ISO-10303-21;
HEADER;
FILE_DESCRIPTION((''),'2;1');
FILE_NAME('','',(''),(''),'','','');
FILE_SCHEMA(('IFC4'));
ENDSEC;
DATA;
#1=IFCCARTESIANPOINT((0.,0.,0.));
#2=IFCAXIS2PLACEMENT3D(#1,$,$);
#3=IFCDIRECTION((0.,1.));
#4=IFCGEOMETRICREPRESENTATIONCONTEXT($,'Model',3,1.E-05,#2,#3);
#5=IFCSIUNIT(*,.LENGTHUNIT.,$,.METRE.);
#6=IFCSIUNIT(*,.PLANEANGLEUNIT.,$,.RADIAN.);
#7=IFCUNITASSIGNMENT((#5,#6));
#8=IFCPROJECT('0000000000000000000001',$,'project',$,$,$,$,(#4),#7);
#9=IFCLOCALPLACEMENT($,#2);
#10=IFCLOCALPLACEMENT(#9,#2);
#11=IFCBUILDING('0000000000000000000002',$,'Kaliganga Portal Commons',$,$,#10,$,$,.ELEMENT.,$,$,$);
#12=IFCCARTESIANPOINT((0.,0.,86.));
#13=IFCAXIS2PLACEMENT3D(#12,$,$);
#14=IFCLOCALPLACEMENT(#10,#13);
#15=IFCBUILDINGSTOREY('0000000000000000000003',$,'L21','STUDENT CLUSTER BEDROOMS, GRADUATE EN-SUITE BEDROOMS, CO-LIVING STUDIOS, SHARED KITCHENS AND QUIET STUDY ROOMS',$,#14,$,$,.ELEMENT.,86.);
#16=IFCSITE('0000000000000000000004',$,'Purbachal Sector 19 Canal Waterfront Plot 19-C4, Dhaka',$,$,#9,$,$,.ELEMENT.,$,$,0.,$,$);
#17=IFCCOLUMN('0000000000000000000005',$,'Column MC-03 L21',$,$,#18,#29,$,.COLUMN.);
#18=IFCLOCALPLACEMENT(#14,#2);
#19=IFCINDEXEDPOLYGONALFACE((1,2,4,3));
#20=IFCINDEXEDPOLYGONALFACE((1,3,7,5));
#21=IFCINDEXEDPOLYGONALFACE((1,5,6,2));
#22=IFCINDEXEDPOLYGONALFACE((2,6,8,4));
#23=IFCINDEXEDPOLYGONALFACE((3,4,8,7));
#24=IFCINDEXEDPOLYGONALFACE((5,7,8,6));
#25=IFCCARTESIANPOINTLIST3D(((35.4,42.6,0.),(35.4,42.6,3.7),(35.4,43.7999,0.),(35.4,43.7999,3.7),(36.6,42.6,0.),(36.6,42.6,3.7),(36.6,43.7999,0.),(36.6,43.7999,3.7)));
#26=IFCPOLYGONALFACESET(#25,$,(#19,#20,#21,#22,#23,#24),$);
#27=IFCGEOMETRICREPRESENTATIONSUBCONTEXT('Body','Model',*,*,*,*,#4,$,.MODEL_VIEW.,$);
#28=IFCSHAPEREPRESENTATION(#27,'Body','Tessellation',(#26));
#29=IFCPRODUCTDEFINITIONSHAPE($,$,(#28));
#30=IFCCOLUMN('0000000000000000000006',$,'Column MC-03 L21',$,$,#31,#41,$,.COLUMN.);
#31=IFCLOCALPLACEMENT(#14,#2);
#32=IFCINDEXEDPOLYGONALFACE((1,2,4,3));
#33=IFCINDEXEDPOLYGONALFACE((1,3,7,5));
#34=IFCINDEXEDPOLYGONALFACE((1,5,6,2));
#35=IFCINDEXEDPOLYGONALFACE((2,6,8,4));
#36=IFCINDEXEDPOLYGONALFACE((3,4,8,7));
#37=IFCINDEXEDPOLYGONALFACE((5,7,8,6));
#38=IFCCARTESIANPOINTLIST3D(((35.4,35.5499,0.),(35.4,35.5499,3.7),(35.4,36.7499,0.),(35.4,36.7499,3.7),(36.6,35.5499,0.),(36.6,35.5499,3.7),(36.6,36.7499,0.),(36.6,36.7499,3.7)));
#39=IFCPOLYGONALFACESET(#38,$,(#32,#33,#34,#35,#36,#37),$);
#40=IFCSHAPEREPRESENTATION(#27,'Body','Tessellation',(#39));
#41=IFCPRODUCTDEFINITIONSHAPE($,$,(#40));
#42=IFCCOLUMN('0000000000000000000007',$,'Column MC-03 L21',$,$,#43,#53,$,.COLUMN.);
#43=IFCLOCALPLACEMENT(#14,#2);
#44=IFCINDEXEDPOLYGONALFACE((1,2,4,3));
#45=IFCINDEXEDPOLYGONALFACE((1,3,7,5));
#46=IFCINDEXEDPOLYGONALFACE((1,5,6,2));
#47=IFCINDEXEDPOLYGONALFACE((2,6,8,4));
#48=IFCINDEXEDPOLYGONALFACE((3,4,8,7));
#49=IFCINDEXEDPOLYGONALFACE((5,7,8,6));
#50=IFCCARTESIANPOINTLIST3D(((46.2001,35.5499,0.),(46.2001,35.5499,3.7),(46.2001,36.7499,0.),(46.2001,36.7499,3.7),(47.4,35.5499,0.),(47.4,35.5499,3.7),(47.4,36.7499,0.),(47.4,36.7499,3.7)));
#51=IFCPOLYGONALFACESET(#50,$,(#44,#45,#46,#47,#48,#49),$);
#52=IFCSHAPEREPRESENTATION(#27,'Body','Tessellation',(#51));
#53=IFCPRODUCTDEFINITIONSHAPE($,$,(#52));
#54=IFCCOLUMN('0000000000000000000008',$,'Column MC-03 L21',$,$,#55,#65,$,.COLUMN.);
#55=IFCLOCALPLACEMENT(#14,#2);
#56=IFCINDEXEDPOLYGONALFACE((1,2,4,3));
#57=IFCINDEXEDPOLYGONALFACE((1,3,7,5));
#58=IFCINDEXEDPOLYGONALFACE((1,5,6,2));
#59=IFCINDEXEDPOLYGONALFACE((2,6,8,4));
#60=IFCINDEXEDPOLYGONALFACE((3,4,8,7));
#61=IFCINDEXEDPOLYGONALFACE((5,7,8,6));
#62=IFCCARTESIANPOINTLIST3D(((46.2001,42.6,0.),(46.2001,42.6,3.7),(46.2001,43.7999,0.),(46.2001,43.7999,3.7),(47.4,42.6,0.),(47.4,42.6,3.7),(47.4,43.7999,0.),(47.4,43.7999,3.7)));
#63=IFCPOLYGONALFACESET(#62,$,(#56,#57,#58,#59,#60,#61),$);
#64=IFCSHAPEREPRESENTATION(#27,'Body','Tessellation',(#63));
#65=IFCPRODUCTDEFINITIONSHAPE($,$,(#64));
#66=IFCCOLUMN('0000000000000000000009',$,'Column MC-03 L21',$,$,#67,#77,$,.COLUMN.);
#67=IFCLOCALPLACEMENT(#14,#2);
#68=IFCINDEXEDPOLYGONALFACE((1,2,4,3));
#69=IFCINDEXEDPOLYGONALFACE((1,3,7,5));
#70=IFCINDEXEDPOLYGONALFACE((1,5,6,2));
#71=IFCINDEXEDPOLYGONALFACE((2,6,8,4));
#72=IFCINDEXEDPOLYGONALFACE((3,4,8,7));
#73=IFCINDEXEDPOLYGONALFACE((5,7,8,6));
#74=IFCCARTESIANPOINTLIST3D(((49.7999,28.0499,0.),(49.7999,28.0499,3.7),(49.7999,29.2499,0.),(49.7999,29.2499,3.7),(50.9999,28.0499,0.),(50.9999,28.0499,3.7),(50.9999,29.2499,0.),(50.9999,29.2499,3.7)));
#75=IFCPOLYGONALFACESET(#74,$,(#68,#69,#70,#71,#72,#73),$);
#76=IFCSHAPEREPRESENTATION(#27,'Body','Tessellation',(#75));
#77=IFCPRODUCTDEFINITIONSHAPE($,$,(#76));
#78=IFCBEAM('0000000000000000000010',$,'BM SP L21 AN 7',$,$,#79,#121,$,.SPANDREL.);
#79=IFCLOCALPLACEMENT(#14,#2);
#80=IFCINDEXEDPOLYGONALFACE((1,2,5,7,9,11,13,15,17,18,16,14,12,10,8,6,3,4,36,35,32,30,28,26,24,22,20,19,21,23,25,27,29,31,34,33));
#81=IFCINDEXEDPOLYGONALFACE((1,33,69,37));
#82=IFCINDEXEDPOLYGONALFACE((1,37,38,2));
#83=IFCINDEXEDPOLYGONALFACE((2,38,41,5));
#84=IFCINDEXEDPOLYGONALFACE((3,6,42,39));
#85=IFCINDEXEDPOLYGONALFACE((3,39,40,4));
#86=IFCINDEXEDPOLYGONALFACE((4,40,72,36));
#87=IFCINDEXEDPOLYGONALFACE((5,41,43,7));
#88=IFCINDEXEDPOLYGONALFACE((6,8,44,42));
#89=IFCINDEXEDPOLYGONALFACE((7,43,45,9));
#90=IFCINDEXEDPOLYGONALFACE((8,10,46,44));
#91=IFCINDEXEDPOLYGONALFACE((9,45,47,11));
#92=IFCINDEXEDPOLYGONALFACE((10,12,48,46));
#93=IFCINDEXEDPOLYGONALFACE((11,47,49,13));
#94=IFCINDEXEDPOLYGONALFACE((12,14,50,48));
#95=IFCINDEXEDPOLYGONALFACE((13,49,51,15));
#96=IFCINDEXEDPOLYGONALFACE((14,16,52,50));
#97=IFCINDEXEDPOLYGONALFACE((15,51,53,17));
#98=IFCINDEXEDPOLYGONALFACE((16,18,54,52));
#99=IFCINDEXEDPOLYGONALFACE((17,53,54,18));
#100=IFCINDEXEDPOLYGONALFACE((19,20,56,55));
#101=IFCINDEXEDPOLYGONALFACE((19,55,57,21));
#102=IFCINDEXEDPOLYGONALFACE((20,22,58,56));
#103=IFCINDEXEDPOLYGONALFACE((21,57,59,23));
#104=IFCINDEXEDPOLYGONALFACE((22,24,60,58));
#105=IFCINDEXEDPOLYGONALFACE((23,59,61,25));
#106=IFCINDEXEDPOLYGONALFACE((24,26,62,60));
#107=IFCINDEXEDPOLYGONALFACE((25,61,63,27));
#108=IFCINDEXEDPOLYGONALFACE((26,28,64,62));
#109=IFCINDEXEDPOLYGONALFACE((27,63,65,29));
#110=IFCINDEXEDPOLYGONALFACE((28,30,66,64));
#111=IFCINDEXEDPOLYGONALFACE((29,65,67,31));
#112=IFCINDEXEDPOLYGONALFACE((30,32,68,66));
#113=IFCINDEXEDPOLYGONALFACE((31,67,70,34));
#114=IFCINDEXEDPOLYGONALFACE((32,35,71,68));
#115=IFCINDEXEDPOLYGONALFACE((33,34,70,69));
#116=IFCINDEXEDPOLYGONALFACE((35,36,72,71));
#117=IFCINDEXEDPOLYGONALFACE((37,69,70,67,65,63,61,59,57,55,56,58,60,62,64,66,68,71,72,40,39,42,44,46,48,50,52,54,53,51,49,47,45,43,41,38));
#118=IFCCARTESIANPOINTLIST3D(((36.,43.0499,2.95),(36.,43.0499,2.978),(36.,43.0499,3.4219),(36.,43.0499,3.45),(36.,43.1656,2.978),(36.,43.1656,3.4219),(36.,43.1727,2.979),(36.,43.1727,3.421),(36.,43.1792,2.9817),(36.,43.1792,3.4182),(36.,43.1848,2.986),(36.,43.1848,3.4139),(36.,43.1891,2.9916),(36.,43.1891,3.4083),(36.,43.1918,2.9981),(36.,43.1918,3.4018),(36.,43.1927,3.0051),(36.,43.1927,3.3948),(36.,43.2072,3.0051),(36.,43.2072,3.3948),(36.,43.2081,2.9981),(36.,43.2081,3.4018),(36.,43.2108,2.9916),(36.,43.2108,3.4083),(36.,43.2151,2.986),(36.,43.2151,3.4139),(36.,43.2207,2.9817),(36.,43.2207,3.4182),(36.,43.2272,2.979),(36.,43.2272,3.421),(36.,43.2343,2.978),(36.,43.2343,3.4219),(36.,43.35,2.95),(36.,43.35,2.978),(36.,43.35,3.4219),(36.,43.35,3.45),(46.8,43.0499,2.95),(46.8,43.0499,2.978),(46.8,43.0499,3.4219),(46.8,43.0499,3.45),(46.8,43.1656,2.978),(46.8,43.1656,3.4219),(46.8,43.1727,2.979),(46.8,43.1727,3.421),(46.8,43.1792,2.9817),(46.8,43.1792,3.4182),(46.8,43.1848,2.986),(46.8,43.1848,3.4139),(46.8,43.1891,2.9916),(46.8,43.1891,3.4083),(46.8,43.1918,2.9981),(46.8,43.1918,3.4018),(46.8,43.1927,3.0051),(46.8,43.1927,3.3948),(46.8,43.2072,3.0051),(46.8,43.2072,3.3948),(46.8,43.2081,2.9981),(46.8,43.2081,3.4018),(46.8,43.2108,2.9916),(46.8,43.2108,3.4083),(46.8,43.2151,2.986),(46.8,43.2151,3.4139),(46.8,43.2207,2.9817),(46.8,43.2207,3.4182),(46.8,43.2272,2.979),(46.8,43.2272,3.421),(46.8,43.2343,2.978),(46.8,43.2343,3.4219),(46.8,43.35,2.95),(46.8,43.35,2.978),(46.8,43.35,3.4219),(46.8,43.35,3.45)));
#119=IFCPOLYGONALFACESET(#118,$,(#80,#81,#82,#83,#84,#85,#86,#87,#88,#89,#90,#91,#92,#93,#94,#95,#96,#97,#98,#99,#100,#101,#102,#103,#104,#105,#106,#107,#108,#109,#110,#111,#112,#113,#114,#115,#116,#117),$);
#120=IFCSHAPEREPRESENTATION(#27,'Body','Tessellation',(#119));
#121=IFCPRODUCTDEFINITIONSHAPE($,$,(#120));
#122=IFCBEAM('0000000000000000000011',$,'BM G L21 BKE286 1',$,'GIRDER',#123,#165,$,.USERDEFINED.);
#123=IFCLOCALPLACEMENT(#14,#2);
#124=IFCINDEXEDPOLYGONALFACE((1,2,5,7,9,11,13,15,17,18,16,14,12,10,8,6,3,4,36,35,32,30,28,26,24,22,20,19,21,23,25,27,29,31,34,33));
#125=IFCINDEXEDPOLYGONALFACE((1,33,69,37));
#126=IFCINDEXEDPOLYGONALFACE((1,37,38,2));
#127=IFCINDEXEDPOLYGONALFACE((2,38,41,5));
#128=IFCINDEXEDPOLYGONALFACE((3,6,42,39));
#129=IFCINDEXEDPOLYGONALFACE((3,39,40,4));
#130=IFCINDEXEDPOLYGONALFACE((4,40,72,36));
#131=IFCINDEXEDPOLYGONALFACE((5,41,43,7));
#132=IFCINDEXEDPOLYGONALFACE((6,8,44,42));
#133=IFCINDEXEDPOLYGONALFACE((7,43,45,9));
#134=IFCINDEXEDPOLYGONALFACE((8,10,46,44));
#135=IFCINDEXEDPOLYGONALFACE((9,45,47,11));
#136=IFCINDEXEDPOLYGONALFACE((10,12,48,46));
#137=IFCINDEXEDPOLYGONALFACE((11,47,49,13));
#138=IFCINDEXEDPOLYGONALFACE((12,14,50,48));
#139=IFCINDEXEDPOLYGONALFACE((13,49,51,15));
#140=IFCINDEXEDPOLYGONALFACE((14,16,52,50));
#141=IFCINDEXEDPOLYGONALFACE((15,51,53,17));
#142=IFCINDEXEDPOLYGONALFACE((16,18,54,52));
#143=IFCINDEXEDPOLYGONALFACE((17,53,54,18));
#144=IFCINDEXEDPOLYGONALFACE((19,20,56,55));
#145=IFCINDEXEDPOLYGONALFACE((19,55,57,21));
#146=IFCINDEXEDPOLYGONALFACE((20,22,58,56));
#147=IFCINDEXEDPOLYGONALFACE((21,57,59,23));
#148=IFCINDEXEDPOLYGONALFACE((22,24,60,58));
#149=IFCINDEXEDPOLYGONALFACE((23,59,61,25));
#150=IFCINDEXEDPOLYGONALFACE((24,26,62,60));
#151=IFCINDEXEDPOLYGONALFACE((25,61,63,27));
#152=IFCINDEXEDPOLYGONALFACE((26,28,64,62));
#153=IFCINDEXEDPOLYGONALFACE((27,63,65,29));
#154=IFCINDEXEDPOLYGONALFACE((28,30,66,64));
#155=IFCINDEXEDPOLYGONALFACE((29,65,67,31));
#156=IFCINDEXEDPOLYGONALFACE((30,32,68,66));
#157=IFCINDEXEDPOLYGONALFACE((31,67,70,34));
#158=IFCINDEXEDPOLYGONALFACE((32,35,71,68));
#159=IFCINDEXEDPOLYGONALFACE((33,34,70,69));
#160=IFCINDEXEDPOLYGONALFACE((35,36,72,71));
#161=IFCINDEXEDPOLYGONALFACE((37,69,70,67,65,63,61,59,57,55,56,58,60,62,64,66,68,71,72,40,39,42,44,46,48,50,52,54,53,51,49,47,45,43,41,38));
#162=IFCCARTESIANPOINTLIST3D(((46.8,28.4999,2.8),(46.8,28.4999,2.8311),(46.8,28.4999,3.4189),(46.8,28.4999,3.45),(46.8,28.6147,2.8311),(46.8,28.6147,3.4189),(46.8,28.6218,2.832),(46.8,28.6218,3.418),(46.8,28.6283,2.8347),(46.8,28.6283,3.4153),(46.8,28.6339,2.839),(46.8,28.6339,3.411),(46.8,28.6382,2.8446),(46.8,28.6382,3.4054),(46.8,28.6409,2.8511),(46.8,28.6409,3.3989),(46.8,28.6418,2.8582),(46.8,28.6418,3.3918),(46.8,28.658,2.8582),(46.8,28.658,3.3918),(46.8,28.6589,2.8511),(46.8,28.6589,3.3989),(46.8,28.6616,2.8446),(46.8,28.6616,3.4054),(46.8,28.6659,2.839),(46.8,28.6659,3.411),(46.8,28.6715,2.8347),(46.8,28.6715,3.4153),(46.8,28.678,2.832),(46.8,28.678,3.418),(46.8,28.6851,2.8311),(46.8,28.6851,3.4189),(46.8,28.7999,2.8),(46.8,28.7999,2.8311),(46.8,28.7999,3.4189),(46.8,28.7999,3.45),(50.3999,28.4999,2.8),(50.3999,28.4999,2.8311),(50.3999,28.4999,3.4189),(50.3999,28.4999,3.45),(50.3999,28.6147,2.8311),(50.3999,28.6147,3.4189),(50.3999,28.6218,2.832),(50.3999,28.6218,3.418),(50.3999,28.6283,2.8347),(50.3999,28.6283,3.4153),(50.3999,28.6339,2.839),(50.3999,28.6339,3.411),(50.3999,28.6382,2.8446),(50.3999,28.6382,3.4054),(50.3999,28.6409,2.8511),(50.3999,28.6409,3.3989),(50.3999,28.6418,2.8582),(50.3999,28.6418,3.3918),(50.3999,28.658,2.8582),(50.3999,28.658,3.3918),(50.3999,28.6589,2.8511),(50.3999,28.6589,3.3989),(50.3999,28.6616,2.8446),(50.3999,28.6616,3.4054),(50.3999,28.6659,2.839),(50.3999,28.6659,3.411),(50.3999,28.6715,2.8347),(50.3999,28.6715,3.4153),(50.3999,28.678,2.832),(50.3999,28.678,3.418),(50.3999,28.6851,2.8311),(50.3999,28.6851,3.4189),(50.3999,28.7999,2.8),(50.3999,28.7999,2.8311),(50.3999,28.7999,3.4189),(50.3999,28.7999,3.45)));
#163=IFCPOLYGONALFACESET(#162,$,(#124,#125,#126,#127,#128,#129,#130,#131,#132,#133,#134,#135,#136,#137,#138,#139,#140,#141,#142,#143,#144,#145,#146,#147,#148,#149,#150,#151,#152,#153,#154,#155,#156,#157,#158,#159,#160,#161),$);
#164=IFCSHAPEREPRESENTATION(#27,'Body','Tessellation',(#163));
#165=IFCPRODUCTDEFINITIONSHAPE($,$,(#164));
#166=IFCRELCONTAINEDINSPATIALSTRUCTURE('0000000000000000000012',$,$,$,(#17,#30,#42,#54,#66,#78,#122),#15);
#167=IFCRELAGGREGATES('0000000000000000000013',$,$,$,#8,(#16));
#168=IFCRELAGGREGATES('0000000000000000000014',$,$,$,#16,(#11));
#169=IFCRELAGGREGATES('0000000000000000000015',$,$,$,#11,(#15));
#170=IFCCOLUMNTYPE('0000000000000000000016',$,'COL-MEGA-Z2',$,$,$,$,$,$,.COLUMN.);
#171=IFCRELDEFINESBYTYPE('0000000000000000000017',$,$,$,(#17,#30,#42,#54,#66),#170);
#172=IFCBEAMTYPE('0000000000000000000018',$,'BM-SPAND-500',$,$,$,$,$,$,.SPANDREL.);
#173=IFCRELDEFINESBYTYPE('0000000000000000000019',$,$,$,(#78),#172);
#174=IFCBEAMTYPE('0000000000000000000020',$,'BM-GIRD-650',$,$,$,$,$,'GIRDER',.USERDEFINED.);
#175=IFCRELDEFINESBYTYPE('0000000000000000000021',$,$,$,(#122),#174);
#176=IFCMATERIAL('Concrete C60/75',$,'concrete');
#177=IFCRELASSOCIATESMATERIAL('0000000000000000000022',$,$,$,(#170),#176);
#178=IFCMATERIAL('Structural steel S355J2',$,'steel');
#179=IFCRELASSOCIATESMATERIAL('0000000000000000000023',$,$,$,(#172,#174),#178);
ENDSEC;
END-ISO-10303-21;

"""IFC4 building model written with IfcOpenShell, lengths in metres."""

from ifc_helpers import new_model, si_unit, direction, frame, origin, origin_2d, place, context, subcontext, project, spatial, rectangle, i_section, extrude, source, transform, mapped, material, material_profile, profile_set, type_object, element, save


model = new_model("IFC4")

# Units and contexts
model_context = context("Model", 3, precision=1e-05, world=origin(), true_north=direction((0.0, 1.0)))
body_context = subcontext(model_context, "Body", "Model", "MODEL_VIEW")
ifc_project = project(units=[si_unit("LENGTHUNIT", "METRE"), si_unit("PLANEANGLEUNIT", "RADIAN")], contexts=[model_context])

# Site, building, storey
site_placement = place(None, origin())
site = spatial("IfcSite", under=ifc_project, at=site_placement, Name="Purbachal Sector 19 Canal Waterfront Plot 19-C4, Dhaka", CompositionType="ELEMENT", RefElevation=0.0)
building_placement = place(site_placement, origin())
building = spatial("IfcBuilding", under=site, at=building_placement, Name="Kaliganga Portal Commons", CompositionType="ELEMENT")
storey_placement = place(building_placement, frame((0.0, 0.0, 86.0)))
storey = spatial("IfcBuildingStorey", under=building, at=storey_placement, Name="L21", Description="STUDENT CLUSTER BEDROOMS, GRADUATE EN-SUITE BEDROOMS, CO-LIVING STUDIOS, SHARED KITCHENS AND QUIET STUDY ROOMS", CompositionType="ELEMENT", Elevation=86.0)

# Columns
ifc_material_1 = material(Name="Concrete C60/75", Category="concrete")
ifc_material_profile_1 = material_profile(ifc_material_1, rectangle(XDim=1.2, YDim=1.2, at=origin_2d()), Name="RC 1200x1200")
ifc_profile_set_1 = profile_set([ifc_material_profile_1], Name="Concrete C60/75")
column_type = type_object("IfcColumnType", Name="COL-MEGA-Z2", PredefinedType="COLUMN", material=ifc_profile_set_1)
shared_shape_1 = source(origin(), body_context, "Body", "SweptSolid", [
    extrude(rectangle(XDim=1.2, YDim=1.2, at=origin_2d()), origin(), (0.0, 0.0, 1.0), 3.7),
])
for number, where, z_axis, x_axis, name in (
    (1, (36.0, 43.2, 0.0), (0.0, 0.0, 1.0), (1.0, 0.0, 0.0), "Column MC-03 L21"),
    (2, (36.0, 36.1499, 0.0), (0.0, 0.0, 1.0), (1.0, 0.0, 0.0), "Column MC-03 L21"),
    (3, (46.8, 36.1499, 0.0), (0.0, 0.0, 1.0), (1.0, 0.0, 0.0), "Column MC-03 L21"),
    (4, (46.8, 43.2, 0.0), (0.0, 0.0, 1.0), (1.0, 0.0, 0.0), "Column MC-03 L21"),
    (5, (50.3999, 28.6499, 0.0), (0.0, 0.0, 1.0), (1.0, 0.0, 0.0), "Column MC-03 L21"),
):
    element("IfcColumn", number, at=place(storey_placement, frame(where, z_axis=z_axis, x_axis=x_axis)), inside=storey, type_object=column_type, Name=name, PredefinedType="COLUMN", context=body_context, shape_type="MappedRepresentation", body=[
        mapped(shared_shape_1, transform((0.0, 0.0, 0.0), x_axis=(1.0, 0.0, 0.0), y_axis=(0.0, 1.0, 0.0), z_axis=(0.0, 0.0, 1.0), scale=1.0)),
    ])

# Beams
ifc_material_2 = material(Name="Structural steel S355J2", Category="steel")
ifc_material_profile_2 = material_profile(ifc_material_2, i_section(OverallWidth=0.3, OverallDepth=0.5, WebThickness=0.0144, FlangeThickness=0.0281, FilletRadius=0.0271, at=origin_2d()), Name="HE 500 B")
ifc_profile_set_2 = profile_set([ifc_material_profile_2], Name="Structural steel S355J2 wide-flange")
beam_type_1 = type_object("IfcBeamType", Name="BM-SPAND-500", PredefinedType="SPANDREL", material=ifc_profile_set_2)
shared_shape_2 = source(origin(), body_context, "Body", "SweptSolid", [
    extrude(i_section(OverallWidth=0.3, OverallDepth=0.5, WebThickness=0.0144, FlangeThickness=0.0281, FilletRadius=0.0271, at=origin_2d()), origin(), (0.0, 0.0, 1.0), 10.8),
])
beam_1_placement = place(storey_placement, frame((36.0, 43.2, 3.2), z_axis=(1.0, 0.0, 0.0), x_axis=(0.0, 1.0, 0.0)))
element("IfcBeam", 6, at=beam_1_placement, inside=storey, type_object=beam_type_1, Name="BM SP L21 AN 7", PredefinedType="SPANDREL", context=body_context, shape_type="MappedRepresentation", body=[
    mapped(shared_shape_2, transform((0.0, 0.0, 0.0), x_axis=(1.0, 0.0, 0.0), y_axis=(0.0, 1.0, 0.0), z_axis=(0.0, 0.0, 1.0), scale=1.0)),
])
ifc_material_profile_3 = material_profile(ifc_material_2, i_section(OverallWidth=0.3, OverallDepth=0.6499, WebThickness=0.0161, FlangeThickness=0.031, FilletRadius=0.0271, at=origin_2d()), Name="HE 650 B")
ifc_profile_set_3 = profile_set([ifc_material_profile_3], Name="Structural steel S355J2 wide-flange")
beam_type_2 = type_object("IfcBeamType", Name="BM-GIRD-650", ElementType="GIRDER", PredefinedType="USERDEFINED", material=ifc_profile_set_3)
shared_shape_3 = source(origin(), body_context, "Body", "SweptSolid", [
    extrude(i_section(OverallWidth=0.3, OverallDepth=0.6499, WebThickness=0.0161, FlangeThickness=0.031, FilletRadius=0.0271, at=origin_2d()), origin(), (0.0, 0.0, 1.0), 3.5999),
])
for number, where, z_axis, x_axis, name in (
    (7, (46.8, 28.6499, 3.125), (1.0, 0.0, 0.0), (0.0, 1.0, 0.0), "BM G L21 BKE286 1"),
):
    element("IfcBeam", number, at=place(storey_placement, frame(where, z_axis=z_axis, x_axis=x_axis)), inside=storey, type_object=beam_type_2, Name=name, ObjectType="GIRDER", PredefinedType="USERDEFINED", context=body_context, shape_type="MappedRepresentation", body=[
        mapped(shared_shape_3, transform((0.0, 0.0, 0.0), x_axis=(1.0, 0.0, 0.0), y_axis=(0.0, 1.0, 0.0), z_axis=(0.0, 0.0, 1.0), scale=1.0)),
    ])

save(model, "model.ifc")
